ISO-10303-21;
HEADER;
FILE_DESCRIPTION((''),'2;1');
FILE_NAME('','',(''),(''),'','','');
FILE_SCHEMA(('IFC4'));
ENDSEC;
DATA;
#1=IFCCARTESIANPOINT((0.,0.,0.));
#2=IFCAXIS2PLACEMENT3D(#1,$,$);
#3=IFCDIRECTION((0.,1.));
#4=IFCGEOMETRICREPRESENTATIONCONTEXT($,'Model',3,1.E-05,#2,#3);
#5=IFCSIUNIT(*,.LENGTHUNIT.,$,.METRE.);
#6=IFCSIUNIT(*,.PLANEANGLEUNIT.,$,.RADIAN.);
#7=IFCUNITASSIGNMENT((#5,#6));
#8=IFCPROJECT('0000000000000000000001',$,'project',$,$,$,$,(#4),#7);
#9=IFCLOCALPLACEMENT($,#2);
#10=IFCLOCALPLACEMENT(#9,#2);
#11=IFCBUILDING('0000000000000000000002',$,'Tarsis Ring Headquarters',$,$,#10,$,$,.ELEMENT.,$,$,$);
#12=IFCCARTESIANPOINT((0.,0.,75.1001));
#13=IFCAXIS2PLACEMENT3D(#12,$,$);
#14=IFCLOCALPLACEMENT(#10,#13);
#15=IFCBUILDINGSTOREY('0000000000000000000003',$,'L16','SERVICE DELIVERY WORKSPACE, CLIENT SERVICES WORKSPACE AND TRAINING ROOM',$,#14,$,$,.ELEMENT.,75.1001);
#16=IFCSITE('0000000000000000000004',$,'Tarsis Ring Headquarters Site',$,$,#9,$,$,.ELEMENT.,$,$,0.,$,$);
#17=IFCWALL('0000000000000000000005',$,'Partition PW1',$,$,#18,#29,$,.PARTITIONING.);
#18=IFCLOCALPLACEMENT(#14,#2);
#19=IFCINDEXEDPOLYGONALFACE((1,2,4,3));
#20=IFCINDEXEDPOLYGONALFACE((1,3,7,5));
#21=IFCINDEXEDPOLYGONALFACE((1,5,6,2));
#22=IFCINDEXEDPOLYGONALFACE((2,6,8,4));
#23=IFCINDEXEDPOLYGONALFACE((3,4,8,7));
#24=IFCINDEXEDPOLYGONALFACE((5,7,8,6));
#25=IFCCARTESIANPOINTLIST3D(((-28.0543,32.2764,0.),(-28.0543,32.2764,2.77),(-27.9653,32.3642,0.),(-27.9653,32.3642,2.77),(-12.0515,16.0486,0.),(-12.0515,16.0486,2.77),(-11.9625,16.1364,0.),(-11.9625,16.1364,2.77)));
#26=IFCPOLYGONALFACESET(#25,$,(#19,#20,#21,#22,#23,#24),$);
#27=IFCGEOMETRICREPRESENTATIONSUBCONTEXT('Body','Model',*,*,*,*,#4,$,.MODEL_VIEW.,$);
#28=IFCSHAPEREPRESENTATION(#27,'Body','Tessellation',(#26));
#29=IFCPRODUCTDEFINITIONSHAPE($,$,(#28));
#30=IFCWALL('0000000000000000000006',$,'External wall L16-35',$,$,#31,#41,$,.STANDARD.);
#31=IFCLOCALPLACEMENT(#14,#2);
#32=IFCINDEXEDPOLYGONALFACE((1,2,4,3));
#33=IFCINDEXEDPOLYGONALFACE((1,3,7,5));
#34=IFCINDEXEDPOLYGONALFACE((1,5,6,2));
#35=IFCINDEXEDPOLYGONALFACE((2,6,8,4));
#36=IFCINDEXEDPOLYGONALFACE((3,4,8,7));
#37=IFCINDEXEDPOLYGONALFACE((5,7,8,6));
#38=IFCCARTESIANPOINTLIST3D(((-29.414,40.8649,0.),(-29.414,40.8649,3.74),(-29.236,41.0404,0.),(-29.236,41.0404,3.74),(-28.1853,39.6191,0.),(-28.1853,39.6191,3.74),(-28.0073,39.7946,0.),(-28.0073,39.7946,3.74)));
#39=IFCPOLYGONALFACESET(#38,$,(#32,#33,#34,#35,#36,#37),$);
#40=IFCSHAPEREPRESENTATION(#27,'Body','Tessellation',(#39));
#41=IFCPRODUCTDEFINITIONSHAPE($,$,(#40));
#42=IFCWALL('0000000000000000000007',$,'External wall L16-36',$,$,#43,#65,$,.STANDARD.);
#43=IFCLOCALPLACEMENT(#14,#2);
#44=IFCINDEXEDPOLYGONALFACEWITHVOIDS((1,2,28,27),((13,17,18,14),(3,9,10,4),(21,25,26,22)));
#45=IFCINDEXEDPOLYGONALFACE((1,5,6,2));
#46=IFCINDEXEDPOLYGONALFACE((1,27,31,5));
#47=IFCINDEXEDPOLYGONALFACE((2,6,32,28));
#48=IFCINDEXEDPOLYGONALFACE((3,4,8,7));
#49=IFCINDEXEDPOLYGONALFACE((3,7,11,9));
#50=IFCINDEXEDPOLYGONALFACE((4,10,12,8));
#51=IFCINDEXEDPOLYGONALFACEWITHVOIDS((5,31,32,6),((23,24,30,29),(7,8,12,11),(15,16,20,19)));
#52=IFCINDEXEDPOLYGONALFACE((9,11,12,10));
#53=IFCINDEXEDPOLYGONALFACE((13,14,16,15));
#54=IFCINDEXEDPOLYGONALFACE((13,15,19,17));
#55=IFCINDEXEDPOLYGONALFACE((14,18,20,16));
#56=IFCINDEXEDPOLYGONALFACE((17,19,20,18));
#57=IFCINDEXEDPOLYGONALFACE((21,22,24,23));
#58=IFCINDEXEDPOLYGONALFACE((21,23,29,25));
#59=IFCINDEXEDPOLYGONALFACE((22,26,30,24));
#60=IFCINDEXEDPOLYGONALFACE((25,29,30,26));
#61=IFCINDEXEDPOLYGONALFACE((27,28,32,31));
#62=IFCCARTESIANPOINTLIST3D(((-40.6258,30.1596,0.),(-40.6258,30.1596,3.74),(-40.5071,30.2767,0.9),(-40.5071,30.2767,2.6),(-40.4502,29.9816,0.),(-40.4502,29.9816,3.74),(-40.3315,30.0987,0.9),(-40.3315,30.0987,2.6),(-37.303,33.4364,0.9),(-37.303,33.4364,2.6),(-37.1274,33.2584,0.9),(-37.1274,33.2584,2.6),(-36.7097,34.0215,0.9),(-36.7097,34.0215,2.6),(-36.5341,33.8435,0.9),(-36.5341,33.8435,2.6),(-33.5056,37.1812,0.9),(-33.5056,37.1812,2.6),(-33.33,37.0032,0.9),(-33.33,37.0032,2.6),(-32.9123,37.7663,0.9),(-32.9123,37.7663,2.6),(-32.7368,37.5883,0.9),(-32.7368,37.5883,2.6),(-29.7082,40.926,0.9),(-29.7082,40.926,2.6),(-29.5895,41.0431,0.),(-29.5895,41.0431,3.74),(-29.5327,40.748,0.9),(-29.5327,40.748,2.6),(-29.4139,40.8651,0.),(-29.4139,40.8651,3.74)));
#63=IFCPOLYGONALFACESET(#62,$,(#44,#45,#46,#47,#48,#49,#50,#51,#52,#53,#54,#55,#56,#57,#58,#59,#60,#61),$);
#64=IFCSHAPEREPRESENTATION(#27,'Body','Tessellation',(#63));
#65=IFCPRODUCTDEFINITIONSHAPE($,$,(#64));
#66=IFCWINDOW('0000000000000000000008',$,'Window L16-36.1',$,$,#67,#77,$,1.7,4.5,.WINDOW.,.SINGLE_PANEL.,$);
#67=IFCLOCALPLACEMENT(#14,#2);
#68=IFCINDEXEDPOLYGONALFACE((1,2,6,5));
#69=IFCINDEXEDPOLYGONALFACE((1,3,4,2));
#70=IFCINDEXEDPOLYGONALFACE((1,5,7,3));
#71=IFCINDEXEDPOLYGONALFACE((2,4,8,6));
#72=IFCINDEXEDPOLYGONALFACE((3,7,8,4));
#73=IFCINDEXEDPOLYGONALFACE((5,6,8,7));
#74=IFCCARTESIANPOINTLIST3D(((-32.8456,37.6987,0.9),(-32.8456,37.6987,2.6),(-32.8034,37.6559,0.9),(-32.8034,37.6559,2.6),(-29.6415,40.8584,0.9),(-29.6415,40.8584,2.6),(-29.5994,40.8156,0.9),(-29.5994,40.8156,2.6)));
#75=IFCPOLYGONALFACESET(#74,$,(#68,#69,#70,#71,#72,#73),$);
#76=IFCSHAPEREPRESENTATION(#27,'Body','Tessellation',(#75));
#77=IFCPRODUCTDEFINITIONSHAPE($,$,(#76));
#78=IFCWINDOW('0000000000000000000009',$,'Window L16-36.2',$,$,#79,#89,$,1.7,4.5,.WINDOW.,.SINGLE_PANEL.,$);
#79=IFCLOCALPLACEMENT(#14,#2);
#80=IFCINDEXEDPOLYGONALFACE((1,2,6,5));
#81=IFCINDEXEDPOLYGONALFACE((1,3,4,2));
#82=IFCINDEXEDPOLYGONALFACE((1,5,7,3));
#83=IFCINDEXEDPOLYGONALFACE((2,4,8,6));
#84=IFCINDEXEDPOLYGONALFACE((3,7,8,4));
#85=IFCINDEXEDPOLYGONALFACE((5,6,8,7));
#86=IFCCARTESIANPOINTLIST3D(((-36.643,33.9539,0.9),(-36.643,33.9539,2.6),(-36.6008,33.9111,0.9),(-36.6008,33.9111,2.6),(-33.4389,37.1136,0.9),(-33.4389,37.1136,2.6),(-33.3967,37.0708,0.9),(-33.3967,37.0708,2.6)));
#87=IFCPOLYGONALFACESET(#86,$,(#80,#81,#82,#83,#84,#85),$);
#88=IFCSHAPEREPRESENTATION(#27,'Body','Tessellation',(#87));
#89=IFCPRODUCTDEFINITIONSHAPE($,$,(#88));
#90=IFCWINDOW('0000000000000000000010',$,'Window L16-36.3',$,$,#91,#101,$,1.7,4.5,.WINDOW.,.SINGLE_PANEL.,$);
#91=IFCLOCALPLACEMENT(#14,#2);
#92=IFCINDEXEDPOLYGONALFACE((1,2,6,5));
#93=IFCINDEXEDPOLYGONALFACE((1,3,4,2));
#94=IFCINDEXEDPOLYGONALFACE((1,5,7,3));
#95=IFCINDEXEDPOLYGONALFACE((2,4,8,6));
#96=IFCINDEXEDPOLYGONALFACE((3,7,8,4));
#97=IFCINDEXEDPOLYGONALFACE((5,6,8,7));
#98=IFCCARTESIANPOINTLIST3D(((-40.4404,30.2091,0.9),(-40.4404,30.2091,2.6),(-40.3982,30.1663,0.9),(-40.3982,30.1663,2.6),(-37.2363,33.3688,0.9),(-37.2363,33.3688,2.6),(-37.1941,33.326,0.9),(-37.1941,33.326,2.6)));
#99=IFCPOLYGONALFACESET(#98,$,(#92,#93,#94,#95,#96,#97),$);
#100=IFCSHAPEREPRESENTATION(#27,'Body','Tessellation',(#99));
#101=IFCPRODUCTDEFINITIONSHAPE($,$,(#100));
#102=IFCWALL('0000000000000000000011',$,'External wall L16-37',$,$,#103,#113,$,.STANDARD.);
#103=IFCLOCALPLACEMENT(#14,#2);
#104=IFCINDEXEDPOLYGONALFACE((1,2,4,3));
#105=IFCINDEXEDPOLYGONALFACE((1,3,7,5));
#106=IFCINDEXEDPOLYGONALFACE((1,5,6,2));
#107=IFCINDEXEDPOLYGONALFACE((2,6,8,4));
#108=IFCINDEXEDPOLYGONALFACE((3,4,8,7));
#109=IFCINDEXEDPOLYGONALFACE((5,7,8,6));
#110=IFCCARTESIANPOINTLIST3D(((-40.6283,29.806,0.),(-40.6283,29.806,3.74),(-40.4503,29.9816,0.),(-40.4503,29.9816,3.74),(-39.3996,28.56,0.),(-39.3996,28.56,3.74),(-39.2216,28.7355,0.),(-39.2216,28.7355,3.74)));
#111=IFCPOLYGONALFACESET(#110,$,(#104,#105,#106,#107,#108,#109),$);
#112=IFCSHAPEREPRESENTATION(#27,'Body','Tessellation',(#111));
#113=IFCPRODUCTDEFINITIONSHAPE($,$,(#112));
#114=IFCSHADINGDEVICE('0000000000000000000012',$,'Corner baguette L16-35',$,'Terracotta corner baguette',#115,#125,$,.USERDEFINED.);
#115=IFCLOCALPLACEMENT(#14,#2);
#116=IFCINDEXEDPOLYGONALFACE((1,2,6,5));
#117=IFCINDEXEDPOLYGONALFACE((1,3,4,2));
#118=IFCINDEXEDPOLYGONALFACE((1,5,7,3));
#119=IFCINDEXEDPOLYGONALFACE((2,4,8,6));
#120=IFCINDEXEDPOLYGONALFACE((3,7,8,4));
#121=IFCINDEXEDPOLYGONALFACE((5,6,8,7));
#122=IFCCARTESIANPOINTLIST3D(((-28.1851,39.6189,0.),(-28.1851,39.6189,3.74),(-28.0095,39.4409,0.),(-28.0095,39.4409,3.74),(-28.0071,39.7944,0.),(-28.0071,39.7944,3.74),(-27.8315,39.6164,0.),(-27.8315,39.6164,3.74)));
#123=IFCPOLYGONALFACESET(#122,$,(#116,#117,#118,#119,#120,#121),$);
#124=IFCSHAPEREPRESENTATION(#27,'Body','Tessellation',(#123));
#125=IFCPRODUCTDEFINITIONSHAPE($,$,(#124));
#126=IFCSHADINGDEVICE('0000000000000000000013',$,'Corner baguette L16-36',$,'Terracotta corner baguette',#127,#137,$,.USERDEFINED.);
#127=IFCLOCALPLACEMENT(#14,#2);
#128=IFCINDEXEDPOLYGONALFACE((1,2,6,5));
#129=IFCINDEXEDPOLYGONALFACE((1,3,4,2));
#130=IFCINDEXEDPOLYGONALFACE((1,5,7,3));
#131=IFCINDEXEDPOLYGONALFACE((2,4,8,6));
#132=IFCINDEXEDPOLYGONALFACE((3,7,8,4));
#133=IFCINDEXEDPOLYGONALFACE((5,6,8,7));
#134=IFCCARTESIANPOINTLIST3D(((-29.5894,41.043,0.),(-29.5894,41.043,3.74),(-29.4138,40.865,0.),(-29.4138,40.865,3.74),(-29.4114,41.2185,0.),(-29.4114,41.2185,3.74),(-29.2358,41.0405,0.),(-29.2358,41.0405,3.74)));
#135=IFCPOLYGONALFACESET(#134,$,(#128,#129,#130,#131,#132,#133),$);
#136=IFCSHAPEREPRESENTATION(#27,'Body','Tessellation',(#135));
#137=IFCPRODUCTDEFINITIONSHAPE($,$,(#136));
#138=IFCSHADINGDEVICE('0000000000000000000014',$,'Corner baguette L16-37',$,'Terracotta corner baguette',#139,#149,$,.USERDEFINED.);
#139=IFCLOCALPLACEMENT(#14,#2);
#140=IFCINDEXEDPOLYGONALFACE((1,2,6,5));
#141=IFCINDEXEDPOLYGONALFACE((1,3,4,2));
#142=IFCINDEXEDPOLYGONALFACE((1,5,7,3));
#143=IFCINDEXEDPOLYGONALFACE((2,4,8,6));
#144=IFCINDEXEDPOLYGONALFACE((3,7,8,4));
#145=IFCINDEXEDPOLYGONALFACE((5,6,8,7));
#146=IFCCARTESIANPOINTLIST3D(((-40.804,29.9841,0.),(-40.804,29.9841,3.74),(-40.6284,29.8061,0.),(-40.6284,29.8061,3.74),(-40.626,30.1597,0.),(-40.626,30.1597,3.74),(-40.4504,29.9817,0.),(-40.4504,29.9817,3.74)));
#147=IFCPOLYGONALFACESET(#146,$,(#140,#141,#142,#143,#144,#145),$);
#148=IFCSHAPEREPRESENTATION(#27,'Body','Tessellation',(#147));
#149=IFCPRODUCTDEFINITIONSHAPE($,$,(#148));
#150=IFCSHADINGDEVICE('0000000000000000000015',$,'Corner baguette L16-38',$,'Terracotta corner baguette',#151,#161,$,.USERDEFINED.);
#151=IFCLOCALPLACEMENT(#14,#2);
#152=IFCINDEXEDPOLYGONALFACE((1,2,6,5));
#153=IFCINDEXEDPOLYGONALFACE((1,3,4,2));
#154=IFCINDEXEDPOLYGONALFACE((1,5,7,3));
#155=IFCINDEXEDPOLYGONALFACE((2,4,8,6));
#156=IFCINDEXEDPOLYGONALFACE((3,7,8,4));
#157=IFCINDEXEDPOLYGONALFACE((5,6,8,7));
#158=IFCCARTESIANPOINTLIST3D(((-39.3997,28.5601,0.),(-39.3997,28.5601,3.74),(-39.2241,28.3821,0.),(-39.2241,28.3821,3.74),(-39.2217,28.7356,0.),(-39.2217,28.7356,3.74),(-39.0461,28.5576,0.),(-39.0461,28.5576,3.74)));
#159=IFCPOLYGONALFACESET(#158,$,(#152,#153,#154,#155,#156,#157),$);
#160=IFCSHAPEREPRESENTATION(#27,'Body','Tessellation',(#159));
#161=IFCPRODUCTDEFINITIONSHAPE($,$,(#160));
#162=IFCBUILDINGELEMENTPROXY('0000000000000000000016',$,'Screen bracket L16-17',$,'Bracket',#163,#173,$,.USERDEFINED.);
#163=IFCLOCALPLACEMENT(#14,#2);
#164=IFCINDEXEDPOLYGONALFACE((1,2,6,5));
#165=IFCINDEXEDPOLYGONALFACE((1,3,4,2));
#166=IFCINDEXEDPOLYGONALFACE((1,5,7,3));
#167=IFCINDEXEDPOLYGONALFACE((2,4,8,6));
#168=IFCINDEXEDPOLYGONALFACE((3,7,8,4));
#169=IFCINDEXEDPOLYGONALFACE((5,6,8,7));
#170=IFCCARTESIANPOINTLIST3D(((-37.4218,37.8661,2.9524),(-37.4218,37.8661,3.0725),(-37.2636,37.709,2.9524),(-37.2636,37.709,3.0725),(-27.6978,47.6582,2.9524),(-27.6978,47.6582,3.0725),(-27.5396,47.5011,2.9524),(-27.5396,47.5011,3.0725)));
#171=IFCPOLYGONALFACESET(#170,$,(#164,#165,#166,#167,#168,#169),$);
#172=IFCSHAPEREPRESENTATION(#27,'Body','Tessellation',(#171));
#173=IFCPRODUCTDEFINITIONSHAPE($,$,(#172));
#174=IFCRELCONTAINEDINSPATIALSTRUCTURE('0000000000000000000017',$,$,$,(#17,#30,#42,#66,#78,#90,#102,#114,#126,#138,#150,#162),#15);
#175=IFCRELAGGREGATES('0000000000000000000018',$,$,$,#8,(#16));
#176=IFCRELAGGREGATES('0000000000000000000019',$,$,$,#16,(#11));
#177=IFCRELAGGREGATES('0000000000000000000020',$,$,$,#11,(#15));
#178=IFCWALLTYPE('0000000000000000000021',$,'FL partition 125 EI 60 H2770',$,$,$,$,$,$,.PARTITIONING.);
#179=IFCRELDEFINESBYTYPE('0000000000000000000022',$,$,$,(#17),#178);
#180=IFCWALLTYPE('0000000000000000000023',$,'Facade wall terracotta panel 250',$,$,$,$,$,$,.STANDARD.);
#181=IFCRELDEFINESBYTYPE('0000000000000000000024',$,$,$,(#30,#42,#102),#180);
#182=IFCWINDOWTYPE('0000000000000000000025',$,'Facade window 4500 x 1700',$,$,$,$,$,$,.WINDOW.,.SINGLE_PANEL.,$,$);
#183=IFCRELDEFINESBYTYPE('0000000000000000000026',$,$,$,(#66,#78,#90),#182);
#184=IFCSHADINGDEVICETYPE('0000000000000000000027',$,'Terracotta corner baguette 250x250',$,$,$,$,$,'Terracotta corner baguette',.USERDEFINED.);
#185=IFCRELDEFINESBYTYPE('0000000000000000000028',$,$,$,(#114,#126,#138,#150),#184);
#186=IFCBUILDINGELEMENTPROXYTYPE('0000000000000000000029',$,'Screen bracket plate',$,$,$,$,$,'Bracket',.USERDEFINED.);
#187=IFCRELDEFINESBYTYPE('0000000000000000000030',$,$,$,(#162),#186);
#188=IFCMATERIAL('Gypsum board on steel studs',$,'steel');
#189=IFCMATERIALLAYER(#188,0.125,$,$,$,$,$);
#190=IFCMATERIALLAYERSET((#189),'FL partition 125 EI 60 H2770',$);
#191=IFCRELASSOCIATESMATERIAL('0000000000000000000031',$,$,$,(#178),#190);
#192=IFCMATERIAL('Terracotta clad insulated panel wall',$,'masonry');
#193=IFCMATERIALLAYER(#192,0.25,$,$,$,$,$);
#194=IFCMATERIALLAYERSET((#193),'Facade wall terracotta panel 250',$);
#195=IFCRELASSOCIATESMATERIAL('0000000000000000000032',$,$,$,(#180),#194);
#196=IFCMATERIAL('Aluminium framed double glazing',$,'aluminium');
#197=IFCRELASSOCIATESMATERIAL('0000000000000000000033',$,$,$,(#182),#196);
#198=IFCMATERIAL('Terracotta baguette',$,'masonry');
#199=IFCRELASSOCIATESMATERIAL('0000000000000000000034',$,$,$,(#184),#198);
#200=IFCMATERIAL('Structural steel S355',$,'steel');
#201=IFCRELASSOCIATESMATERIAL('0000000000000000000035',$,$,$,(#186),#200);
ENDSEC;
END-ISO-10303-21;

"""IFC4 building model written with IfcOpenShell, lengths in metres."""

from ifc_helpers import new_model, si_unit, direction, frame, frame_2d, origin, origin_2d, place, context, subcontext, project, spatial, rectangle, extrude, material, layer, layer_set, type_object, element, fill, save


model = new_model("IFC4")

# Units and contexts
model_context = context("Model", 3, precision=1e-05, world=origin(), true_north=direction((0.0, 1.0)))
body_context = subcontext(model_context, "Body", "Model", "MODEL_VIEW")
ifc_project = project(units=[si_unit("LENGTHUNIT", "METRE"), si_unit("PLANEANGLEUNIT", "RADIAN")], contexts=[model_context])

# Site, building, storey
site_placement = place(None, origin())
site = spatial("IfcSite", under=ifc_project, at=site_placement, Name="Tarsis Ring Headquarters Site", CompositionType="ELEMENT", RefElevation=0.0)
building_placement = place(site_placement, origin())
building = spatial("IfcBuilding", under=site, at=building_placement, Name="Tarsis Ring Headquarters", CompositionType="ELEMENT")
storey_placement = place(building_placement, frame((0.0, 0.0, 75.1001)))
storey = spatial("IfcBuildingStorey", under=building, at=storey_placement, Name="L16", Description="SERVICE DELIVERY WORKSPACE, CLIENT SERVICES WORKSPACE AND TRAINING ROOM", CompositionType="ELEMENT", Elevation=75.1001)

# Shared definitions
ifc_material_1 = material(Name="Structural steel S355", Category="steel")

# Shared definitions
ifc_material_2 = material(Name="Gypsum board on steel studs", Category="steel")

# Shared definitions
ifc_layer_1 = layer(ifc_material_2, 0.125)
ifc_layer_set_1 = layer_set([ifc_layer_1], Name="FL partition 125 EI 60 H2770")
wall_type_1 = type_object("IfcWallType", Name="FL partition 125 EI 60 H2770", PredefinedType="PARTITIONING", material=ifc_layer_set_1)

# Walls
wall_1_placement = place(storey_placement, frame((-28.0098, 32.3203, 0.0), z_axis=(0.0, 0.0, 1.0), x_axis=(0.702151, -0.712028, 0.0)))
element("IfcWall", 1, at=wall_1_placement, inside=storey, type_object=wall_type_1, Name="Partition PW1", PredefinedType="PARTITIONING", context=body_context, shape_type="SweptSolid", body=[
    extrude(rectangle(XDim=22.791, YDim=0.125, at=frame_2d((11.3955, 0.0))), origin(), (0.0, 0.0, 1.0), 2.77),
])
ifc_material_3 = material(Name="Terracotta clad insulated panel wall", Category="masonry")
ifc_layer_2 = layer(ifc_material_3, 0.25)
ifc_layer_set_2 = layer_set([ifc_layer_2], Name="Facade wall terracotta panel 250")
wall_type_2 = type_object("IfcWallType", Name="Facade wall terracotta panel 250", PredefinedType="STANDARD", material=ifc_layer_set_2)
wall_2_placement = place(storey_placement, frame((-28.0962, 39.7068, 0.0), z_axis=(0.0, 0.0, 1.0), x_axis=(-0.702207, 0.711973, 0.0)))
element("IfcWall", 2, at=wall_2_placement, inside=storey, type_object=wall_type_2, Name="External wall L16-35", PredefinedType="STANDARD", context=body_context, shape_type="SweptSolid", body=[
    extrude(rectangle(XDim=1.7498, YDim=0.25, at=frame_2d((0.875, 0.0))), origin(), (0.0, 0.0, 1.0), 3.74),
])

# Wall, openings, windows
wall_3_placement = place(storey_placement, frame((-29.5017, 40.9541, 0.0), z_axis=(0.0, 0.0, 1.0), x_axis=(-0.71202, -0.70216, 0.0)))
wall_3 = element("IfcWall", 3, at=wall_3_placement, inside=storey, type_object=wall_type_2, Name="External wall L16-36", PredefinedType="STANDARD", context=body_context, shape_type="SweptSolid", body=[
    extrude(rectangle(XDim=15.5, YDim=0.25, at=frame_2d((7.75, 0.0))), origin(), (0.0, 0.0, 1.0), 3.74),
])
opening_1_placement = place(wall_3_placement, frame((0.1667, 0.0, 0.8999)))
opening_1 = element("IfcOpeningElement", 4, at=opening_1_placement, cuts=wall_3, PredefinedType="OPENING", context=body_context, shape_type="SweptSolid", body=[
    extrude(rectangle(XDim=4.5, YDim=1.7, at=frame_2d((2.25, 0.8501))), frame((0.0, 0.135, 0.0), z_axis=(0.0, -1.0, 0.0), x_axis=(1.0, 0.0, 0.0)), (0.0, 0.0, 1.0), 0.27),
])
opening_2_placement = place(wall_3_placement, frame((5.5, 0.0, 0.8999)))
opening_2 = element("IfcOpeningElement", 5, at=opening_2_placement, cuts=wall_3, PredefinedType="OPENING", context=body_context, shape_type="SweptSolid", body=[
    extrude(rectangle(XDim=4.5, YDim=1.7, at=frame_2d((2.25, 0.8501))), frame((0.0, 0.135, 0.0), z_axis=(0.0, -1.0, 0.0), x_axis=(1.0, 0.0, 0.0)), (0.0, 0.0, 1.0), 0.27),
])
opening_3_placement = place(wall_3_placement, frame((10.8333, 0.0, 0.8999)))
opening_3 = element("IfcOpeningElement", 6, at=opening_3_placement, cuts=wall_3, PredefinedType="OPENING", context=body_context, shape_type="SweptSolid", body=[
    extrude(rectangle(XDim=4.5, YDim=1.7, at=frame_2d((2.25, 0.8501))), frame((0.0, 0.135, 0.0), z_axis=(0.0, -1.0, 0.0), x_axis=(1.0, 0.0, 0.0)), (0.0, 0.0, 1.0), 0.27),
])
ifc_material_4 = material(Name="Aluminium framed double glazing", Category="aluminium")
window_type = type_object("IfcWindowType", Name="Facade window 4500 x 1700", PartitioningType="SINGLE_PANEL", PredefinedType="WINDOW", material=ifc_material_4)
window_1_placement = place(opening_1_placement, origin())
window_1 = element("IfcWindow", 7, at=window_1_placement, inside=storey, type_object=window_type, Name="Window L16-36.1", OverallHeight=1.7, OverallWidth=4.5, PartitioningType="SINGLE_PANEL", PredefinedType="WINDOW", context=body_context, shape_type="SweptSolid", body=[
    extrude(rectangle(XDim=4.5, YDim=1.7, at=frame_2d((2.25, 0.8501))), frame((0.0, 0.03, 0.0), z_axis=(0.0, -1.0, 0.0), x_axis=(1.0, 0.0, 0.0)), (0.0, 0.0, 1.0), 0.0601),
])
fill(opening_1, window_1)
window_2_placement = place(opening_2_placement, origin())
window_2 = element("IfcWindow", 8, at=window_2_placement, inside=storey, type_object=window_type, Name="Window L16-36.2", OverallHeight=1.7, OverallWidth=4.5, PartitioningType="SINGLE_PANEL", PredefinedType="WINDOW", context=body_context, shape_type="SweptSolid", body=[
    extrude(rectangle(XDim=4.5, YDim=1.7, at=frame_2d((2.25, 0.8501))), frame((0.0, 0.03, 0.0), z_axis=(0.0, -1.0, 0.0), x_axis=(1.0, 0.0, 0.0)), (0.0, 0.0, 1.0), 0.0601),
])
fill(opening_2, window_2)
window_3_placement = place(opening_3_placement, origin())
window_3 = element("IfcWindow", 9, at=window_3_placement, inside=storey, type_object=window_type, Name="Window L16-36.3", OverallHeight=1.7, OverallWidth=4.5, PartitioningType="SINGLE_PANEL", PredefinedType="WINDOW", context=body_context, shape_type="SweptSolid", body=[
    extrude(rectangle(XDim=4.5, YDim=1.7, at=frame_2d((2.25, 0.8501))), frame((0.0, 0.03, 0.0), z_axis=(0.0, -1.0, 0.0), x_axis=(1.0, 0.0, 0.0)), (0.0, 0.0, 1.0), 0.0601),
])
fill(opening_3, window_3)

# Wall
wall_4_placement = place(storey_placement, frame((-40.5393, 29.8938, 0.0), z_axis=(0.0, 0.0, 1.0), x_axis=(0.702137, -0.712042, 0.0)))
element("IfcWall", 10, at=wall_4_placement, inside=storey, type_object=wall_type_2, Name="External wall L16-37", PredefinedType="STANDARD", context=body_context, shape_type="SweptSolid", body=[
    extrude(rectangle(XDim=1.75, YDim=0.25, at=frame_2d((0.875, 0.0))), origin(), (0.0, 0.0, 1.0), 3.74),
])

# Shading devices
ifc_material_5 = material(Name="Terracotta baguette", Category="masonry")
shading_device_type_1 = type_object("IfcShadingDeviceType", Name="Terracotta corner baguette 250x250", ElementType="Terracotta corner baguette", PredefinedType="USERDEFINED", material=ifc_material_5)
for number, where, z_axis, x_axis, name in (
    (11, (-28.0083, 39.6177, 0.0), (0.0, 0.0, 1.0), (-0.712026, -0.702153, 0.0), "Corner baguette L16-35"),
    (12, (-29.4126, 41.0417, 0.0), (0.0, 0.0, 1.0), (-0.702153, 0.712026, 0.0), "Corner baguette L16-36"),
    (13, (-40.6272, 29.9829, 0.0), (0.0, 0.0, 1.0), (-0.712026, -0.702153, 0.0), "Corner baguette L16-37"),
    (14, (-39.2229, 28.5588, 0.0), (0.0, 0.0, 1.0), (0.702153, -0.712026, 0.0), "Corner baguette L16-38"),
):
    element("IfcShadingDevice", number, at=place(storey_placement, frame(where, z_axis=z_axis, x_axis=x_axis)), inside=storey, type_object=shading_device_type_1, Name=name, ObjectType="Terracotta corner baguette", PredefinedType="USERDEFINED", context=body_context, shape_type="SweptSolid", body=[
        extrude(rectangle(XDim=0.25, YDim=0.25, at=origin_2d()), origin(), (0.0, 0.0, 1.0), 3.74),
    ])

# Building element proxy
building_element_proxy_type = type_object("IfcBuildingElementProxyType", Name="Screen bracket plate", ElementType="Bracket", PredefinedType="USERDEFINED", material=ifc_material_1)
proxy_placement = place(storey_placement, frame((-32.4807, 42.6836, 2.9524), z_axis=(0.0, 0.0, 1.0), x_axis=(-0.704634, -0.709571, 0.0)))
element("IfcBuildingElementProxy", 15, at=proxy_placement, inside=storey, type_object=building_element_proxy_type, Name="Screen bracket L16-17", ObjectType="Bracket", PredefinedType="USERDEFINED", context=body_context, shape_type="SweptSolid", body=[
    extrude(rectangle(XDim=13.8, YDim=0.2229, at=origin_2d()), origin(), (0.0, 0.0, 1.0), 0.1201),
])

save(model, "model.ifc")
